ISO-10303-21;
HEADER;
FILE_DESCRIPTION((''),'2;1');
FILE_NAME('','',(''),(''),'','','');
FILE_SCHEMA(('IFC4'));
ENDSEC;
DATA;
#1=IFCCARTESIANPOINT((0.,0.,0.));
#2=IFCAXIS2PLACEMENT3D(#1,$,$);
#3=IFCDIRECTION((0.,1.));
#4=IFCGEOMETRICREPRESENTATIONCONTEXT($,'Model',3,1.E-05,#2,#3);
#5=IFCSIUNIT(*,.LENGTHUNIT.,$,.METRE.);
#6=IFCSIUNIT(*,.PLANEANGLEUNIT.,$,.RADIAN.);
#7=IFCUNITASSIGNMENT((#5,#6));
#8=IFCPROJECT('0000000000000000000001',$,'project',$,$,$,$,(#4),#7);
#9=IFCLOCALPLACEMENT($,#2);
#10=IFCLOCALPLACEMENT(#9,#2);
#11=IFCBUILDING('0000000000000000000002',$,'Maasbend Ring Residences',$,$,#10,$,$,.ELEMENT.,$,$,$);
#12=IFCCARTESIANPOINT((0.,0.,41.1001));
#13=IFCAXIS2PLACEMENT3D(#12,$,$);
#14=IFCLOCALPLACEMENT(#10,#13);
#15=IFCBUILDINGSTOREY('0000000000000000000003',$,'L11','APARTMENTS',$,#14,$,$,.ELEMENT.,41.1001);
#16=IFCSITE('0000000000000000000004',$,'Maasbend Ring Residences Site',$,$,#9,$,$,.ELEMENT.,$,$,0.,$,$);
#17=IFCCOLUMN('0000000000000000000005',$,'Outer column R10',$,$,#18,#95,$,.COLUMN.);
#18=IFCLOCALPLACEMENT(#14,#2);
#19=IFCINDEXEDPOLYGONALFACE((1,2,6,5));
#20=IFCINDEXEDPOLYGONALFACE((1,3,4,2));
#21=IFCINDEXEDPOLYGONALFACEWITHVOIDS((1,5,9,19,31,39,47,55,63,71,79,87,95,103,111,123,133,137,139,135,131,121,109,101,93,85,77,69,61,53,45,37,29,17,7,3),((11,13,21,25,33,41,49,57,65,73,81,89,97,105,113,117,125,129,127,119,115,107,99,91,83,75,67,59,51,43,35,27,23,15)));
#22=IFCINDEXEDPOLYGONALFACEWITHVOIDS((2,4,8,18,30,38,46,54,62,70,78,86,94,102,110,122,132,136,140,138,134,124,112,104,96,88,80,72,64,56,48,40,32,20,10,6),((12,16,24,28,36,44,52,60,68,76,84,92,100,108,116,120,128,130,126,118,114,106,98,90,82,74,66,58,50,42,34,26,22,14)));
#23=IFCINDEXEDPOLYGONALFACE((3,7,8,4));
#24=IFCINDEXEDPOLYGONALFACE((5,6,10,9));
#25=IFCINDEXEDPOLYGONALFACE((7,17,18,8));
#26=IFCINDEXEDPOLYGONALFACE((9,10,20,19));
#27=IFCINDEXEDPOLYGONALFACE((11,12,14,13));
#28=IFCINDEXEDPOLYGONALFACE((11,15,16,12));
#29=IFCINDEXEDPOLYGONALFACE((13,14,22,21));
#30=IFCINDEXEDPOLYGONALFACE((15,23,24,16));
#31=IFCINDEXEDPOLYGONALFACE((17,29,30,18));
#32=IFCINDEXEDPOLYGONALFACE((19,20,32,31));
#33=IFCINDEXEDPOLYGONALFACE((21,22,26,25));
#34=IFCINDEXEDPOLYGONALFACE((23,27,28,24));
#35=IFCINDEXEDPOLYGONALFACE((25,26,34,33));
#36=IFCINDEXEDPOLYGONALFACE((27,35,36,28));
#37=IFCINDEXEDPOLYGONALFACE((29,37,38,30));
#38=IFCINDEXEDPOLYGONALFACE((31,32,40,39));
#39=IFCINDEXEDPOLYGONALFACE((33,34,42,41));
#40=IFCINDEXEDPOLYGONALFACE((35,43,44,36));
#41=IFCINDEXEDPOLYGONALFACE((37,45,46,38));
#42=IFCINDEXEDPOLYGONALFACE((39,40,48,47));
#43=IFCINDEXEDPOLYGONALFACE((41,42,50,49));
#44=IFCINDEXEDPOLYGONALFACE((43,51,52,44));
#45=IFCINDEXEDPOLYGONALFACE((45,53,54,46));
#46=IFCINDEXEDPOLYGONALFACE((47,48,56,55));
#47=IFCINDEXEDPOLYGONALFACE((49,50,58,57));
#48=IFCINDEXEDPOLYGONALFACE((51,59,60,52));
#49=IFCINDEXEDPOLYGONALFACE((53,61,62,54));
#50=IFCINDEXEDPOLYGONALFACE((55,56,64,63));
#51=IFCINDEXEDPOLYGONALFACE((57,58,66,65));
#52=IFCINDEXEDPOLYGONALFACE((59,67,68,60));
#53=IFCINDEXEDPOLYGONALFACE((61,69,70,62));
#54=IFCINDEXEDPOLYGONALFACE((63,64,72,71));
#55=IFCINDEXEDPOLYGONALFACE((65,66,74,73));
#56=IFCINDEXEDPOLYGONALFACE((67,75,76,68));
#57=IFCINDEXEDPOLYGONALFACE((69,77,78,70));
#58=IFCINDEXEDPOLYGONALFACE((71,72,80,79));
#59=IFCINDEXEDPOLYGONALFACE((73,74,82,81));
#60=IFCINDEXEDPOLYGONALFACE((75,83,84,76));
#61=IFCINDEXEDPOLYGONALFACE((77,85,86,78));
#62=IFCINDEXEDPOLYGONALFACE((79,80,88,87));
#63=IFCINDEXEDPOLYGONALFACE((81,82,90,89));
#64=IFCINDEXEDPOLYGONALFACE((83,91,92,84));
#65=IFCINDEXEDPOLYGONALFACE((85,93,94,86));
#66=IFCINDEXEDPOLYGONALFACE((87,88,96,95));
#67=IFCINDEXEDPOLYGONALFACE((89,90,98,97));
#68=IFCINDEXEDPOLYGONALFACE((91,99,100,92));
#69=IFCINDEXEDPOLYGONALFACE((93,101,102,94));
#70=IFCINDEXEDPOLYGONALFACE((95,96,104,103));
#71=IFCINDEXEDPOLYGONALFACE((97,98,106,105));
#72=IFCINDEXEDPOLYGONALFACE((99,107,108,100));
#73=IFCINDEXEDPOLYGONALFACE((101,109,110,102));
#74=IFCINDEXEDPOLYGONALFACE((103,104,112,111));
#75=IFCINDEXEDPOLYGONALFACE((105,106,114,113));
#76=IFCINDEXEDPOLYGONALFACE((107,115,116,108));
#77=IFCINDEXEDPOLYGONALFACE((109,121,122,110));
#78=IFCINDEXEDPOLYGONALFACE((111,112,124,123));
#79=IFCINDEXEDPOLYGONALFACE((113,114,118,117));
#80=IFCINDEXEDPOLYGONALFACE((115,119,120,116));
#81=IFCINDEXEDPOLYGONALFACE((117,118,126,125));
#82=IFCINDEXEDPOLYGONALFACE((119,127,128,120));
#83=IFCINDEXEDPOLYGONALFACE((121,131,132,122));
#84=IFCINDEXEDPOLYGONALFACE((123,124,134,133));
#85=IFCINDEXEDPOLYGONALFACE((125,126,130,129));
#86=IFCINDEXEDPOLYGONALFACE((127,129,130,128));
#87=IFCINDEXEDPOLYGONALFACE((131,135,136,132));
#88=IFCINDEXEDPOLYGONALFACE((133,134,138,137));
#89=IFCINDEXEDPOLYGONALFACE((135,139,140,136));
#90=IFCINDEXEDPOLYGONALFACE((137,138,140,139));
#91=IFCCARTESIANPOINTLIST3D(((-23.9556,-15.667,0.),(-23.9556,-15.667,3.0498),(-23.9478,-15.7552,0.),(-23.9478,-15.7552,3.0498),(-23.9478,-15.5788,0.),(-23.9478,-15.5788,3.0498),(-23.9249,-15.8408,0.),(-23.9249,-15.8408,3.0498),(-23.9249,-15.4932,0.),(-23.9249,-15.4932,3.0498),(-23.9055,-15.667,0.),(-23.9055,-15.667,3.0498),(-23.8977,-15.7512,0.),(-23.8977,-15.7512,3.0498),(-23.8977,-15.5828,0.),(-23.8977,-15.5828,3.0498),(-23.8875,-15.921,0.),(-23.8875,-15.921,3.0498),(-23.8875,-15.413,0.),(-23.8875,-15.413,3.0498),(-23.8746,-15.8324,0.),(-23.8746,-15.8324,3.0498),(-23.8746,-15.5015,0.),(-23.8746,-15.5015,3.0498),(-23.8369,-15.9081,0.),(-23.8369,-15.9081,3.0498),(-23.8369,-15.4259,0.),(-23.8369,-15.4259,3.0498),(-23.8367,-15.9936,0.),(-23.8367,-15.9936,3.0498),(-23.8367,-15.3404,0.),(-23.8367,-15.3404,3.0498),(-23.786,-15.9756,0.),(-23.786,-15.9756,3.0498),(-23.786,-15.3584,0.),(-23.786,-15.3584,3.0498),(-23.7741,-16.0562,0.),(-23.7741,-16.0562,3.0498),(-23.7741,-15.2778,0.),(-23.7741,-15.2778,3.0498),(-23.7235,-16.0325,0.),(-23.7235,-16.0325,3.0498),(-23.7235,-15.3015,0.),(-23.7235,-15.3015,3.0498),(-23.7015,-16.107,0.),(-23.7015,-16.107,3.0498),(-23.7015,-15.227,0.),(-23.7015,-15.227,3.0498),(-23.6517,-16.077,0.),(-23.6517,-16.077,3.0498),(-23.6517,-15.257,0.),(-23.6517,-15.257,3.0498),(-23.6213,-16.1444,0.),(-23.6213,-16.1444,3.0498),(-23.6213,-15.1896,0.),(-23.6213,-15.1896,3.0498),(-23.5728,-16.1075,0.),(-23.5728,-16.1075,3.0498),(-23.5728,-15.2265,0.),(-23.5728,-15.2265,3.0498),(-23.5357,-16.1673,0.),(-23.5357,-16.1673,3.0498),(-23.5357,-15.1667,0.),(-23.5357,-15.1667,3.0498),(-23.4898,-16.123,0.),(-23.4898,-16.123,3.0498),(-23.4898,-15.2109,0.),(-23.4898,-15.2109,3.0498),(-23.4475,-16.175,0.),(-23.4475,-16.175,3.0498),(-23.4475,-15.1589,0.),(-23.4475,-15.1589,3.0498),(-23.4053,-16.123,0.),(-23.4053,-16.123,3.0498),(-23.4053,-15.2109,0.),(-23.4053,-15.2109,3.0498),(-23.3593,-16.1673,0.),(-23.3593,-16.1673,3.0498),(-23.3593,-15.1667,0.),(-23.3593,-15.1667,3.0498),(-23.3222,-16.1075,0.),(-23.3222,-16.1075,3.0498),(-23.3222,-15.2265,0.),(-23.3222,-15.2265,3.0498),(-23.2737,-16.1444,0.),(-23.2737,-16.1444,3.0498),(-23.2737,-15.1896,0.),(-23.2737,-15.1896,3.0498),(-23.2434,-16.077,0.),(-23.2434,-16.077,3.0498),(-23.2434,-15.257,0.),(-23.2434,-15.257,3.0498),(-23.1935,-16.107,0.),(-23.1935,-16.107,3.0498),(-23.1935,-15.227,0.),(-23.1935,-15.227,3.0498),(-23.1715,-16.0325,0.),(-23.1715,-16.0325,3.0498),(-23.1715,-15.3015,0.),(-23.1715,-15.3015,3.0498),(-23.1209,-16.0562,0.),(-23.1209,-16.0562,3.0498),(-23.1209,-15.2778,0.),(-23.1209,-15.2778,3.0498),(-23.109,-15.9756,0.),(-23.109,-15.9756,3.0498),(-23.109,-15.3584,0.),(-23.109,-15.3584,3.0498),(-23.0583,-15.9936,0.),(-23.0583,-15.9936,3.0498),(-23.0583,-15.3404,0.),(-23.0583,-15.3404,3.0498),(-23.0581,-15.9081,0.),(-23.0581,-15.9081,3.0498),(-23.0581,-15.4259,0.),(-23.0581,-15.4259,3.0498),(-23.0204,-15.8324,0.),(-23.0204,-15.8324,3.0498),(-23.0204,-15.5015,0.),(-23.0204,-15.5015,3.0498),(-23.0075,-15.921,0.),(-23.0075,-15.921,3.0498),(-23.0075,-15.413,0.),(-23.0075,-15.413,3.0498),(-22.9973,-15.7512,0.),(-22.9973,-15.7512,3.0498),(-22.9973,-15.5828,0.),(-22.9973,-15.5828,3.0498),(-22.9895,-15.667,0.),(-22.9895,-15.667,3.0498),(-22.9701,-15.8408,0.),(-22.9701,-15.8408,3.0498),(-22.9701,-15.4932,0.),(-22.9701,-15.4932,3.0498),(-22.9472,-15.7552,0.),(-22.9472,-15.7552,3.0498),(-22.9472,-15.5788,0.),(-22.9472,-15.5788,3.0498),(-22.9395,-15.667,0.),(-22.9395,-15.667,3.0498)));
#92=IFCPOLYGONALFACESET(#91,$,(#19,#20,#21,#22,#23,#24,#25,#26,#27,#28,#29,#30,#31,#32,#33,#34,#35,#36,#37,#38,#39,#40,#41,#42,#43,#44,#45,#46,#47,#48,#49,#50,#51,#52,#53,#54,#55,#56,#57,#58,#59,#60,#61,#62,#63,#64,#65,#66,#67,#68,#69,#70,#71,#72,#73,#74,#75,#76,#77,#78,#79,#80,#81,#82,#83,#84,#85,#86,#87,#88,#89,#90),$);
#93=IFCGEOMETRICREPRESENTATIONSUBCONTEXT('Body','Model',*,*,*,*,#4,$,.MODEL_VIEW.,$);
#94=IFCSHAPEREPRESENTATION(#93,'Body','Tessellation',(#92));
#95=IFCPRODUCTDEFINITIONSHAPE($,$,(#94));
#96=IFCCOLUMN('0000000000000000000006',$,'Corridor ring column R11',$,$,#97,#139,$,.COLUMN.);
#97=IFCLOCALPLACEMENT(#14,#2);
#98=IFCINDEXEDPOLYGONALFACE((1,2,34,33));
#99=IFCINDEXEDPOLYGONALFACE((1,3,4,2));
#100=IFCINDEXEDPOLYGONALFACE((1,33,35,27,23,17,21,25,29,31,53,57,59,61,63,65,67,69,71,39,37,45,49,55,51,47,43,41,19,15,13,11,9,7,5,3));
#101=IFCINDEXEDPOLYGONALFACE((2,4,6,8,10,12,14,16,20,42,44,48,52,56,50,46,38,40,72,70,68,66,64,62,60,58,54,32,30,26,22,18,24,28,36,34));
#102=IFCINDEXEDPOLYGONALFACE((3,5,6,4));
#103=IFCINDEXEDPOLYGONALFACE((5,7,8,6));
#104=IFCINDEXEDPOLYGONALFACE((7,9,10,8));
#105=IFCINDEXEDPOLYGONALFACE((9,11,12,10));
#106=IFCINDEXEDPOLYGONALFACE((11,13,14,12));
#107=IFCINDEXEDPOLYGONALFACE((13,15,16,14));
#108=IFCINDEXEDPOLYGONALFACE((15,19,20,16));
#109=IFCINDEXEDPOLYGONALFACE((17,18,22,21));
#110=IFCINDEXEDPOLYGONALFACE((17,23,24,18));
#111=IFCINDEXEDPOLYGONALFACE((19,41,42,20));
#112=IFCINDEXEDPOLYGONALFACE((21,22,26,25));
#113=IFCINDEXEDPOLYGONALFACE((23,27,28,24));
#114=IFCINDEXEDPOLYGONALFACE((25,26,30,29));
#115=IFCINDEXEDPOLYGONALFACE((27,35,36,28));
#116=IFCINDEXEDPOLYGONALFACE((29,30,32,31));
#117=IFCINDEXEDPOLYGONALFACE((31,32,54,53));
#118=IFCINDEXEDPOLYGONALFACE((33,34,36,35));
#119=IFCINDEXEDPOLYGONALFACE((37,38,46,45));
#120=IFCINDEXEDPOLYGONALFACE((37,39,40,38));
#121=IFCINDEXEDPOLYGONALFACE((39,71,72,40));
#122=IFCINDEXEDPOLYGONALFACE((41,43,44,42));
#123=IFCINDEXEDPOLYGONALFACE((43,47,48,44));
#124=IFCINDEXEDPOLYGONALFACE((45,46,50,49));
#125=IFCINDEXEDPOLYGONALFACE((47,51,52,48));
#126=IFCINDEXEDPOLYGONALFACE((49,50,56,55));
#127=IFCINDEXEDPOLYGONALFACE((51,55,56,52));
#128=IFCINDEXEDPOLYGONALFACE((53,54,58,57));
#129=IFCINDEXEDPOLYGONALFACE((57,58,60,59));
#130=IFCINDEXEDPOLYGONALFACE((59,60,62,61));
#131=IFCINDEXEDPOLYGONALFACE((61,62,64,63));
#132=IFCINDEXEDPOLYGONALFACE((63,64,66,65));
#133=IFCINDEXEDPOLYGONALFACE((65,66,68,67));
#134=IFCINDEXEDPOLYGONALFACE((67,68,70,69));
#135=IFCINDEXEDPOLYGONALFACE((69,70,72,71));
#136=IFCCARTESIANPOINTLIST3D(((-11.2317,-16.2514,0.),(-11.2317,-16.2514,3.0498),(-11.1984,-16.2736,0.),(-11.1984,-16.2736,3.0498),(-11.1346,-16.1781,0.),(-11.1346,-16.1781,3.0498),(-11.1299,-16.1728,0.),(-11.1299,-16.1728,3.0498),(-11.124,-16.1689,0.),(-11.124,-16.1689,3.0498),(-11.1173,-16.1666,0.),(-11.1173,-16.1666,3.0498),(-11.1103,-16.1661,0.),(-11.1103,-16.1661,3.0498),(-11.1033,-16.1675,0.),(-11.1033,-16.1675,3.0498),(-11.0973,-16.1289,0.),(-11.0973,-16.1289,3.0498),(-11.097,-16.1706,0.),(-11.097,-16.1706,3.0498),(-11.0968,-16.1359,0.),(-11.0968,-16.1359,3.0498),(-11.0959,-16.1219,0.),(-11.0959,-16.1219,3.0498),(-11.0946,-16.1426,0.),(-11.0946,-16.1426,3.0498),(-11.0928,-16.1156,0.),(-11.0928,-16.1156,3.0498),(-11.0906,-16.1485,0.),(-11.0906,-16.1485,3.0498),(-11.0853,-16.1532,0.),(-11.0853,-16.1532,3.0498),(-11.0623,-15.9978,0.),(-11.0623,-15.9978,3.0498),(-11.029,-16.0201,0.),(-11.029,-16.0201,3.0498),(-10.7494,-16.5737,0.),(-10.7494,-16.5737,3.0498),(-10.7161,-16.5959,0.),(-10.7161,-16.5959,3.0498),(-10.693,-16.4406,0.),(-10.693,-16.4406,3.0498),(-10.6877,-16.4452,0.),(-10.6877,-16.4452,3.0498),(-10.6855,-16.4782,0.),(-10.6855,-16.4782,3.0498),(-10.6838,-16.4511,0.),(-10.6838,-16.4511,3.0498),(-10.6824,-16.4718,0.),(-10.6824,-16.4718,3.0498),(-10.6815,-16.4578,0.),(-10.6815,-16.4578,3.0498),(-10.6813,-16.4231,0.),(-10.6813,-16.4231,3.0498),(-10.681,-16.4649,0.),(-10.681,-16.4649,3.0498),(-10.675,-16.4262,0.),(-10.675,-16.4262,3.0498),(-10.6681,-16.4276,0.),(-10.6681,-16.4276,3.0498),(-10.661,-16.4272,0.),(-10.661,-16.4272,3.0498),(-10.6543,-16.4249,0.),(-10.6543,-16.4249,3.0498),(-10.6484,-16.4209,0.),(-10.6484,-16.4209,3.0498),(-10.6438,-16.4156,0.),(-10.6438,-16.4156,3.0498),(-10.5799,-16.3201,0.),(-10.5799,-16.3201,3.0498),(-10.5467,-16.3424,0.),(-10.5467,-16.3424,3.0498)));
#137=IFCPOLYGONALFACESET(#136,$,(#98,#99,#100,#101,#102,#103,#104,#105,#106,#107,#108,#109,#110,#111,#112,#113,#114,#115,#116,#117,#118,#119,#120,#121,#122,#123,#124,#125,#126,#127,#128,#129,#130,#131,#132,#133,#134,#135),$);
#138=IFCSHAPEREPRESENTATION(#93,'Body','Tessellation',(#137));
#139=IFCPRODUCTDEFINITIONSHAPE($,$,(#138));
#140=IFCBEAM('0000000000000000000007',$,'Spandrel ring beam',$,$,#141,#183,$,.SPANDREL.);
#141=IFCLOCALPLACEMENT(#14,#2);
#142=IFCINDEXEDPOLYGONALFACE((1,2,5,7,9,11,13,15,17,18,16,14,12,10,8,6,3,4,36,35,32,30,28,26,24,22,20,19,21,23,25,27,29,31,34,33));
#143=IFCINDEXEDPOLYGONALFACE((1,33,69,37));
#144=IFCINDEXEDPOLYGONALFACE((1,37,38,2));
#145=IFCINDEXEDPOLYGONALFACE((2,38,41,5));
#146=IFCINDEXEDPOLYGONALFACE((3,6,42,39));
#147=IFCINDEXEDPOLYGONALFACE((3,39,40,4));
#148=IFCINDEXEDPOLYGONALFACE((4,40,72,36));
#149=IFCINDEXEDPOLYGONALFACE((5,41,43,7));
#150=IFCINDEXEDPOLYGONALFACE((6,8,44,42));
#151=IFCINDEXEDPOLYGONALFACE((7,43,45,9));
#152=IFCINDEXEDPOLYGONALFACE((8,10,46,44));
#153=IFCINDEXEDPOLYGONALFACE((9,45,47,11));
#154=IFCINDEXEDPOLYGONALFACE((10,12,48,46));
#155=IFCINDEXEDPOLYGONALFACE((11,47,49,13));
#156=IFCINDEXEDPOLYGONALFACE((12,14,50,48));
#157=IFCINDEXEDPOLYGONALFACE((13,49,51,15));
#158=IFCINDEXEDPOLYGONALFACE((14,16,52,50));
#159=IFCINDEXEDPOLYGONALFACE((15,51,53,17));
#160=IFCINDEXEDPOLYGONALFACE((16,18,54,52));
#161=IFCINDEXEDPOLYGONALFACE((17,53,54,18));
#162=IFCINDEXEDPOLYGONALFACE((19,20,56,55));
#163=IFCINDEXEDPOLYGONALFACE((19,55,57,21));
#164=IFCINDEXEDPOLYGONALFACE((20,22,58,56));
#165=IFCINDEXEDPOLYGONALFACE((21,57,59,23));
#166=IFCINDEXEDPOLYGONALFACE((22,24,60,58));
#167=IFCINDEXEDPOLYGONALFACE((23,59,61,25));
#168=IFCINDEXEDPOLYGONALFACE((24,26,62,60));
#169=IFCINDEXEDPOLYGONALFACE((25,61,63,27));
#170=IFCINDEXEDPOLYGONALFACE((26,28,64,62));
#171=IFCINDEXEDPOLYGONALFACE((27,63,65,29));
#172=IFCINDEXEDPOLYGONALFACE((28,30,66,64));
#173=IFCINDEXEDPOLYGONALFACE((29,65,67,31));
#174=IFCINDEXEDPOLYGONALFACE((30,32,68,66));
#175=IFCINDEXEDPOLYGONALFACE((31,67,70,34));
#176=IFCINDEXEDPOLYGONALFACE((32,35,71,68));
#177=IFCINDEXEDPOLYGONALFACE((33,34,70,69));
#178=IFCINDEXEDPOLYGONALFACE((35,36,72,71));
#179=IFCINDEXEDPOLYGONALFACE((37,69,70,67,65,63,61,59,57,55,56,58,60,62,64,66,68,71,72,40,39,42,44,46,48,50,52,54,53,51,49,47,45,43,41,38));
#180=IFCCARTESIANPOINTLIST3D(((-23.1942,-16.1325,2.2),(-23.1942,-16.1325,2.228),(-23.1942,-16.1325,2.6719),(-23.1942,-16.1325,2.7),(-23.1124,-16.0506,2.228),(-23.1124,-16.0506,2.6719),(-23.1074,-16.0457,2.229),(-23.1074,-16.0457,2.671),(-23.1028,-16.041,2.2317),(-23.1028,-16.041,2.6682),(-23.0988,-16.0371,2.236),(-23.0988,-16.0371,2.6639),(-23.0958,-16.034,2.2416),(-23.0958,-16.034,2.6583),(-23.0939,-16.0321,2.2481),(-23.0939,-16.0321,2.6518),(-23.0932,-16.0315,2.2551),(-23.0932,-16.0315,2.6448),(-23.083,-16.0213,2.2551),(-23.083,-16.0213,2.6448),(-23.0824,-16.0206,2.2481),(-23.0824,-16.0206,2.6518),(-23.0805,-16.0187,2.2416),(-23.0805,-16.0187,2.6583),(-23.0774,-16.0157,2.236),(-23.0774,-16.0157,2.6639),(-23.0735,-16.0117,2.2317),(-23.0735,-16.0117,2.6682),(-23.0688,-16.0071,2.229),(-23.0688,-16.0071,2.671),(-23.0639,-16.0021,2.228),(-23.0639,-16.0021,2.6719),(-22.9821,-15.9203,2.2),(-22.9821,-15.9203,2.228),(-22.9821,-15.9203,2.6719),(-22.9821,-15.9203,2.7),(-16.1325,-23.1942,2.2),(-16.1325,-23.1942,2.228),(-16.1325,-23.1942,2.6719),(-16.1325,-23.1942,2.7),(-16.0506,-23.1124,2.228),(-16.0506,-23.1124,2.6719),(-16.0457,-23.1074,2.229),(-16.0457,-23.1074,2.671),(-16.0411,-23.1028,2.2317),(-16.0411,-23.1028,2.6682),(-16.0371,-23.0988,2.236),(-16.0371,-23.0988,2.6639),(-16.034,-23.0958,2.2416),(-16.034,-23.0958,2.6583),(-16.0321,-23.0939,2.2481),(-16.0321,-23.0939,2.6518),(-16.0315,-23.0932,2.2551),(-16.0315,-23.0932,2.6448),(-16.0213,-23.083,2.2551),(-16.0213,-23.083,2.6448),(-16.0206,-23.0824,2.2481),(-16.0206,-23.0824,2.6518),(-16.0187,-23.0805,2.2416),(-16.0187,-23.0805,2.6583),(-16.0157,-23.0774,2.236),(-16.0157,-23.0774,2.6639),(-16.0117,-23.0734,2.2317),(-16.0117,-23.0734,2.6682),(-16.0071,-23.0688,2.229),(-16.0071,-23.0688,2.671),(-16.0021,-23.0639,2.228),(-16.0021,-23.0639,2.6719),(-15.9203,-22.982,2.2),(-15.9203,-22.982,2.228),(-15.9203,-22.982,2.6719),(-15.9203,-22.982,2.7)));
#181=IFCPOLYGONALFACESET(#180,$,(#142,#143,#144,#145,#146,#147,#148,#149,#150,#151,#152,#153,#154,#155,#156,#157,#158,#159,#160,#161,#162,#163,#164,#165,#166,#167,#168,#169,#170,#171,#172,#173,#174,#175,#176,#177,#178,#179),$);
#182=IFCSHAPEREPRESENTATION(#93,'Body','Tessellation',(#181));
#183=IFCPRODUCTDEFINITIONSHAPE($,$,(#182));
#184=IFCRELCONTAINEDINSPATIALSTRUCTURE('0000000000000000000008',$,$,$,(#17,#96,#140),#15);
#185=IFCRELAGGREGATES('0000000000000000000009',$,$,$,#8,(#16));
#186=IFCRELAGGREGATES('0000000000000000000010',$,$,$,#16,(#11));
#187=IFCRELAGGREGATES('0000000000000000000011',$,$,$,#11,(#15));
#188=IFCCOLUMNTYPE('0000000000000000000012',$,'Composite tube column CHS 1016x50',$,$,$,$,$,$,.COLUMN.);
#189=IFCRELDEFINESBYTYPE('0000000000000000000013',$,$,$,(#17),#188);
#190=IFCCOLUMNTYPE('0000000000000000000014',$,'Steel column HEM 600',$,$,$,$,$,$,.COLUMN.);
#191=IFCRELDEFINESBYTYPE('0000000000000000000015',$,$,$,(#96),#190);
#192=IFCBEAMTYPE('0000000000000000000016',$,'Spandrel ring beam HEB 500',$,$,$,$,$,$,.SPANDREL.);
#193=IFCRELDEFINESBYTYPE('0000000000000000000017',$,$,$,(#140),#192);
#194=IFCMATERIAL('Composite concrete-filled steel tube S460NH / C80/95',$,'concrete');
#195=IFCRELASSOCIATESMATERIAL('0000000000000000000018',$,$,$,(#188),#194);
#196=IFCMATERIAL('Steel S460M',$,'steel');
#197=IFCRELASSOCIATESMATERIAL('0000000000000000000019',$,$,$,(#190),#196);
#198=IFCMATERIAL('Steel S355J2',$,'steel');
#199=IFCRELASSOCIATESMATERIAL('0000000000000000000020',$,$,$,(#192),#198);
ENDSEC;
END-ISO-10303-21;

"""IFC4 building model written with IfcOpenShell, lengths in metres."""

from ifc_helpers import new_model, si_unit, direction, frame, origin, origin_2d, place, context, subcontext, project, spatial, hollow_circle, i_section, extrude, material, material_profile, profile_set, type_object, element, save


model = new_model("IFC4")

# Units and contexts
model_context = context("Model", 3, precision=1e-05, world=origin(), true_north=direction((0.0, 1.0)))
body_context = subcontext(model_context, "Body", "Model", "MODEL_VIEW")
ifc_project = project(units=[si_unit("LENGTHUNIT", "METRE"), si_unit("PLANEANGLEUNIT", "RADIAN")], contexts=[model_context])

# Site, building, storey
site_placement = place(None, origin())
site = spatial("IfcSite", under=ifc_project, at=site_placement, Name="Maasbend Ring Residences Site", CompositionType="ELEMENT", RefElevation=0.0)
building_placement = place(site_placement, origin())
building = spatial("IfcBuilding", under=site, at=building_placement, Name="Maasbend Ring Residences", CompositionType="ELEMENT")
storey_placement = place(building_placement, frame((0.0, 0.0, 41.1001)))
storey = spatial("IfcBuildingStorey", under=building, at=storey_placement, Name="L11", Description="APARTMENTS", CompositionType="ELEMENT", Elevation=41.1001)

# Columns
ifc_material_1 = material(Name="Composite concrete-filled steel tube S460NH / C80/95", Category="concrete")
ifc_material_profile_1 = material_profile(ifc_material_1, hollow_circle(Radius=0.5081, WallThickness=0.05, at=origin_2d()), Name="Composite tube column CHS 1016x50")
ifc_profile_set_1 = profile_set([ifc_material_profile_1], Name="Composite concrete-filled steel tube S460NH / C80/95")
column_type_1 = type_object("IfcColumnType", Name="Composite tube column CHS 1016x50", PredefinedType="COLUMN", material=ifc_profile_set_1)
column_1_placement = place(storey_placement, frame((-23.4475, -15.667, 0.0), z_axis=(0.0, 0.0, 1.0), x_axis=(1.0, 0.0, 0.0)))
element("IfcColumn", 1, at=column_1_placement, inside=storey, type_object=column_type_1, Name="Outer column R10", PredefinedType="COLUMN", context=body_context, shape_type="SweptSolid", body=[
    extrude(hollow_circle(Radius=0.5081, WallThickness=0.05, at=origin_2d()), origin(), (0.0, 0.0, 1.0), 3.0498),
])
ifc_material_2 = material(Name="Steel S460M", Category="steel")
ifc_material_profile_2 = material_profile(ifc_material_2, i_section(OverallWidth=0.3049, OverallDepth=0.6201, WebThickness=0.021, FlangeThickness=0.04, FilletRadius=0.0271, at=origin_2d()), Name="HEM 600")
ifc_profile_set_2 = profile_set([ifc_material_profile_2], Name="Steel S460M")
column_type_2 = type_object("IfcColumnType", Name="Steel column HEM 600", PredefinedType="COLUMN", material=ifc_profile_set_2)
column_2_placement = place(storey_placement, frame((-10.8892, -16.2969, 0.0), z_axis=(0.0, 0.0, 1.0), x_axis=(-0.55557, -0.83147, 0.0)))
element("IfcColumn", 2, at=column_2_placement, inside=storey, type_object=column_type_2, Name="Corridor ring column R11", PredefinedType="COLUMN", context=body_context, shape_type="SweptSolid", body=[
    extrude(i_section(OverallWidth=0.3049, OverallDepth=0.6201, WebThickness=0.021, FlangeThickness=0.04, FilletRadius=0.0271, at=origin_2d()), origin(), (0.0, 0.0, 1.0), 3.0498),
])

# Beam
ifc_material_3 = material(Name="Steel S355J2", Category="steel")
ifc_material_profile_3 = material_profile(ifc_material_3, i_section(OverallWidth=0.3, OverallDepth=0.5, WebThickness=0.0144, FlangeThickness=0.0281, FilletRadius=0.0271, at=origin_2d()), Name="HEB 500")
ifc_profile_set_3 = profile_set([ifc_material_profile_3], Name="Steel S355J2")
beam_type = type_object("IfcBeamType", Name="Spandrel ring beam HEB 500", PredefinedType="SPANDREL", material=ifc_profile_set_3)
beam_placement = place(storey_placement, frame((-23.0881, -16.0264, 2.45), z_axis=(0.707107, -0.707107, 0.0), x_axis=(0.707107, 0.707107, 0.0)))
element("IfcBeam", 3, at=beam_placement, inside=storey, type_object=beam_type, Name="Spandrel ring beam", PredefinedType="SPANDREL", context=body_context, shape_type="SweptSolid", body=[
    extrude(i_section(OverallWidth=0.3, OverallDepth=0.5, WebThickness=0.0144, FlangeThickness=0.0281, FilletRadius=0.0271, at=origin_2d()), origin(), (0.0, 0.0, 1.0), 9.9868),
])

save(model, "model.ifc")
